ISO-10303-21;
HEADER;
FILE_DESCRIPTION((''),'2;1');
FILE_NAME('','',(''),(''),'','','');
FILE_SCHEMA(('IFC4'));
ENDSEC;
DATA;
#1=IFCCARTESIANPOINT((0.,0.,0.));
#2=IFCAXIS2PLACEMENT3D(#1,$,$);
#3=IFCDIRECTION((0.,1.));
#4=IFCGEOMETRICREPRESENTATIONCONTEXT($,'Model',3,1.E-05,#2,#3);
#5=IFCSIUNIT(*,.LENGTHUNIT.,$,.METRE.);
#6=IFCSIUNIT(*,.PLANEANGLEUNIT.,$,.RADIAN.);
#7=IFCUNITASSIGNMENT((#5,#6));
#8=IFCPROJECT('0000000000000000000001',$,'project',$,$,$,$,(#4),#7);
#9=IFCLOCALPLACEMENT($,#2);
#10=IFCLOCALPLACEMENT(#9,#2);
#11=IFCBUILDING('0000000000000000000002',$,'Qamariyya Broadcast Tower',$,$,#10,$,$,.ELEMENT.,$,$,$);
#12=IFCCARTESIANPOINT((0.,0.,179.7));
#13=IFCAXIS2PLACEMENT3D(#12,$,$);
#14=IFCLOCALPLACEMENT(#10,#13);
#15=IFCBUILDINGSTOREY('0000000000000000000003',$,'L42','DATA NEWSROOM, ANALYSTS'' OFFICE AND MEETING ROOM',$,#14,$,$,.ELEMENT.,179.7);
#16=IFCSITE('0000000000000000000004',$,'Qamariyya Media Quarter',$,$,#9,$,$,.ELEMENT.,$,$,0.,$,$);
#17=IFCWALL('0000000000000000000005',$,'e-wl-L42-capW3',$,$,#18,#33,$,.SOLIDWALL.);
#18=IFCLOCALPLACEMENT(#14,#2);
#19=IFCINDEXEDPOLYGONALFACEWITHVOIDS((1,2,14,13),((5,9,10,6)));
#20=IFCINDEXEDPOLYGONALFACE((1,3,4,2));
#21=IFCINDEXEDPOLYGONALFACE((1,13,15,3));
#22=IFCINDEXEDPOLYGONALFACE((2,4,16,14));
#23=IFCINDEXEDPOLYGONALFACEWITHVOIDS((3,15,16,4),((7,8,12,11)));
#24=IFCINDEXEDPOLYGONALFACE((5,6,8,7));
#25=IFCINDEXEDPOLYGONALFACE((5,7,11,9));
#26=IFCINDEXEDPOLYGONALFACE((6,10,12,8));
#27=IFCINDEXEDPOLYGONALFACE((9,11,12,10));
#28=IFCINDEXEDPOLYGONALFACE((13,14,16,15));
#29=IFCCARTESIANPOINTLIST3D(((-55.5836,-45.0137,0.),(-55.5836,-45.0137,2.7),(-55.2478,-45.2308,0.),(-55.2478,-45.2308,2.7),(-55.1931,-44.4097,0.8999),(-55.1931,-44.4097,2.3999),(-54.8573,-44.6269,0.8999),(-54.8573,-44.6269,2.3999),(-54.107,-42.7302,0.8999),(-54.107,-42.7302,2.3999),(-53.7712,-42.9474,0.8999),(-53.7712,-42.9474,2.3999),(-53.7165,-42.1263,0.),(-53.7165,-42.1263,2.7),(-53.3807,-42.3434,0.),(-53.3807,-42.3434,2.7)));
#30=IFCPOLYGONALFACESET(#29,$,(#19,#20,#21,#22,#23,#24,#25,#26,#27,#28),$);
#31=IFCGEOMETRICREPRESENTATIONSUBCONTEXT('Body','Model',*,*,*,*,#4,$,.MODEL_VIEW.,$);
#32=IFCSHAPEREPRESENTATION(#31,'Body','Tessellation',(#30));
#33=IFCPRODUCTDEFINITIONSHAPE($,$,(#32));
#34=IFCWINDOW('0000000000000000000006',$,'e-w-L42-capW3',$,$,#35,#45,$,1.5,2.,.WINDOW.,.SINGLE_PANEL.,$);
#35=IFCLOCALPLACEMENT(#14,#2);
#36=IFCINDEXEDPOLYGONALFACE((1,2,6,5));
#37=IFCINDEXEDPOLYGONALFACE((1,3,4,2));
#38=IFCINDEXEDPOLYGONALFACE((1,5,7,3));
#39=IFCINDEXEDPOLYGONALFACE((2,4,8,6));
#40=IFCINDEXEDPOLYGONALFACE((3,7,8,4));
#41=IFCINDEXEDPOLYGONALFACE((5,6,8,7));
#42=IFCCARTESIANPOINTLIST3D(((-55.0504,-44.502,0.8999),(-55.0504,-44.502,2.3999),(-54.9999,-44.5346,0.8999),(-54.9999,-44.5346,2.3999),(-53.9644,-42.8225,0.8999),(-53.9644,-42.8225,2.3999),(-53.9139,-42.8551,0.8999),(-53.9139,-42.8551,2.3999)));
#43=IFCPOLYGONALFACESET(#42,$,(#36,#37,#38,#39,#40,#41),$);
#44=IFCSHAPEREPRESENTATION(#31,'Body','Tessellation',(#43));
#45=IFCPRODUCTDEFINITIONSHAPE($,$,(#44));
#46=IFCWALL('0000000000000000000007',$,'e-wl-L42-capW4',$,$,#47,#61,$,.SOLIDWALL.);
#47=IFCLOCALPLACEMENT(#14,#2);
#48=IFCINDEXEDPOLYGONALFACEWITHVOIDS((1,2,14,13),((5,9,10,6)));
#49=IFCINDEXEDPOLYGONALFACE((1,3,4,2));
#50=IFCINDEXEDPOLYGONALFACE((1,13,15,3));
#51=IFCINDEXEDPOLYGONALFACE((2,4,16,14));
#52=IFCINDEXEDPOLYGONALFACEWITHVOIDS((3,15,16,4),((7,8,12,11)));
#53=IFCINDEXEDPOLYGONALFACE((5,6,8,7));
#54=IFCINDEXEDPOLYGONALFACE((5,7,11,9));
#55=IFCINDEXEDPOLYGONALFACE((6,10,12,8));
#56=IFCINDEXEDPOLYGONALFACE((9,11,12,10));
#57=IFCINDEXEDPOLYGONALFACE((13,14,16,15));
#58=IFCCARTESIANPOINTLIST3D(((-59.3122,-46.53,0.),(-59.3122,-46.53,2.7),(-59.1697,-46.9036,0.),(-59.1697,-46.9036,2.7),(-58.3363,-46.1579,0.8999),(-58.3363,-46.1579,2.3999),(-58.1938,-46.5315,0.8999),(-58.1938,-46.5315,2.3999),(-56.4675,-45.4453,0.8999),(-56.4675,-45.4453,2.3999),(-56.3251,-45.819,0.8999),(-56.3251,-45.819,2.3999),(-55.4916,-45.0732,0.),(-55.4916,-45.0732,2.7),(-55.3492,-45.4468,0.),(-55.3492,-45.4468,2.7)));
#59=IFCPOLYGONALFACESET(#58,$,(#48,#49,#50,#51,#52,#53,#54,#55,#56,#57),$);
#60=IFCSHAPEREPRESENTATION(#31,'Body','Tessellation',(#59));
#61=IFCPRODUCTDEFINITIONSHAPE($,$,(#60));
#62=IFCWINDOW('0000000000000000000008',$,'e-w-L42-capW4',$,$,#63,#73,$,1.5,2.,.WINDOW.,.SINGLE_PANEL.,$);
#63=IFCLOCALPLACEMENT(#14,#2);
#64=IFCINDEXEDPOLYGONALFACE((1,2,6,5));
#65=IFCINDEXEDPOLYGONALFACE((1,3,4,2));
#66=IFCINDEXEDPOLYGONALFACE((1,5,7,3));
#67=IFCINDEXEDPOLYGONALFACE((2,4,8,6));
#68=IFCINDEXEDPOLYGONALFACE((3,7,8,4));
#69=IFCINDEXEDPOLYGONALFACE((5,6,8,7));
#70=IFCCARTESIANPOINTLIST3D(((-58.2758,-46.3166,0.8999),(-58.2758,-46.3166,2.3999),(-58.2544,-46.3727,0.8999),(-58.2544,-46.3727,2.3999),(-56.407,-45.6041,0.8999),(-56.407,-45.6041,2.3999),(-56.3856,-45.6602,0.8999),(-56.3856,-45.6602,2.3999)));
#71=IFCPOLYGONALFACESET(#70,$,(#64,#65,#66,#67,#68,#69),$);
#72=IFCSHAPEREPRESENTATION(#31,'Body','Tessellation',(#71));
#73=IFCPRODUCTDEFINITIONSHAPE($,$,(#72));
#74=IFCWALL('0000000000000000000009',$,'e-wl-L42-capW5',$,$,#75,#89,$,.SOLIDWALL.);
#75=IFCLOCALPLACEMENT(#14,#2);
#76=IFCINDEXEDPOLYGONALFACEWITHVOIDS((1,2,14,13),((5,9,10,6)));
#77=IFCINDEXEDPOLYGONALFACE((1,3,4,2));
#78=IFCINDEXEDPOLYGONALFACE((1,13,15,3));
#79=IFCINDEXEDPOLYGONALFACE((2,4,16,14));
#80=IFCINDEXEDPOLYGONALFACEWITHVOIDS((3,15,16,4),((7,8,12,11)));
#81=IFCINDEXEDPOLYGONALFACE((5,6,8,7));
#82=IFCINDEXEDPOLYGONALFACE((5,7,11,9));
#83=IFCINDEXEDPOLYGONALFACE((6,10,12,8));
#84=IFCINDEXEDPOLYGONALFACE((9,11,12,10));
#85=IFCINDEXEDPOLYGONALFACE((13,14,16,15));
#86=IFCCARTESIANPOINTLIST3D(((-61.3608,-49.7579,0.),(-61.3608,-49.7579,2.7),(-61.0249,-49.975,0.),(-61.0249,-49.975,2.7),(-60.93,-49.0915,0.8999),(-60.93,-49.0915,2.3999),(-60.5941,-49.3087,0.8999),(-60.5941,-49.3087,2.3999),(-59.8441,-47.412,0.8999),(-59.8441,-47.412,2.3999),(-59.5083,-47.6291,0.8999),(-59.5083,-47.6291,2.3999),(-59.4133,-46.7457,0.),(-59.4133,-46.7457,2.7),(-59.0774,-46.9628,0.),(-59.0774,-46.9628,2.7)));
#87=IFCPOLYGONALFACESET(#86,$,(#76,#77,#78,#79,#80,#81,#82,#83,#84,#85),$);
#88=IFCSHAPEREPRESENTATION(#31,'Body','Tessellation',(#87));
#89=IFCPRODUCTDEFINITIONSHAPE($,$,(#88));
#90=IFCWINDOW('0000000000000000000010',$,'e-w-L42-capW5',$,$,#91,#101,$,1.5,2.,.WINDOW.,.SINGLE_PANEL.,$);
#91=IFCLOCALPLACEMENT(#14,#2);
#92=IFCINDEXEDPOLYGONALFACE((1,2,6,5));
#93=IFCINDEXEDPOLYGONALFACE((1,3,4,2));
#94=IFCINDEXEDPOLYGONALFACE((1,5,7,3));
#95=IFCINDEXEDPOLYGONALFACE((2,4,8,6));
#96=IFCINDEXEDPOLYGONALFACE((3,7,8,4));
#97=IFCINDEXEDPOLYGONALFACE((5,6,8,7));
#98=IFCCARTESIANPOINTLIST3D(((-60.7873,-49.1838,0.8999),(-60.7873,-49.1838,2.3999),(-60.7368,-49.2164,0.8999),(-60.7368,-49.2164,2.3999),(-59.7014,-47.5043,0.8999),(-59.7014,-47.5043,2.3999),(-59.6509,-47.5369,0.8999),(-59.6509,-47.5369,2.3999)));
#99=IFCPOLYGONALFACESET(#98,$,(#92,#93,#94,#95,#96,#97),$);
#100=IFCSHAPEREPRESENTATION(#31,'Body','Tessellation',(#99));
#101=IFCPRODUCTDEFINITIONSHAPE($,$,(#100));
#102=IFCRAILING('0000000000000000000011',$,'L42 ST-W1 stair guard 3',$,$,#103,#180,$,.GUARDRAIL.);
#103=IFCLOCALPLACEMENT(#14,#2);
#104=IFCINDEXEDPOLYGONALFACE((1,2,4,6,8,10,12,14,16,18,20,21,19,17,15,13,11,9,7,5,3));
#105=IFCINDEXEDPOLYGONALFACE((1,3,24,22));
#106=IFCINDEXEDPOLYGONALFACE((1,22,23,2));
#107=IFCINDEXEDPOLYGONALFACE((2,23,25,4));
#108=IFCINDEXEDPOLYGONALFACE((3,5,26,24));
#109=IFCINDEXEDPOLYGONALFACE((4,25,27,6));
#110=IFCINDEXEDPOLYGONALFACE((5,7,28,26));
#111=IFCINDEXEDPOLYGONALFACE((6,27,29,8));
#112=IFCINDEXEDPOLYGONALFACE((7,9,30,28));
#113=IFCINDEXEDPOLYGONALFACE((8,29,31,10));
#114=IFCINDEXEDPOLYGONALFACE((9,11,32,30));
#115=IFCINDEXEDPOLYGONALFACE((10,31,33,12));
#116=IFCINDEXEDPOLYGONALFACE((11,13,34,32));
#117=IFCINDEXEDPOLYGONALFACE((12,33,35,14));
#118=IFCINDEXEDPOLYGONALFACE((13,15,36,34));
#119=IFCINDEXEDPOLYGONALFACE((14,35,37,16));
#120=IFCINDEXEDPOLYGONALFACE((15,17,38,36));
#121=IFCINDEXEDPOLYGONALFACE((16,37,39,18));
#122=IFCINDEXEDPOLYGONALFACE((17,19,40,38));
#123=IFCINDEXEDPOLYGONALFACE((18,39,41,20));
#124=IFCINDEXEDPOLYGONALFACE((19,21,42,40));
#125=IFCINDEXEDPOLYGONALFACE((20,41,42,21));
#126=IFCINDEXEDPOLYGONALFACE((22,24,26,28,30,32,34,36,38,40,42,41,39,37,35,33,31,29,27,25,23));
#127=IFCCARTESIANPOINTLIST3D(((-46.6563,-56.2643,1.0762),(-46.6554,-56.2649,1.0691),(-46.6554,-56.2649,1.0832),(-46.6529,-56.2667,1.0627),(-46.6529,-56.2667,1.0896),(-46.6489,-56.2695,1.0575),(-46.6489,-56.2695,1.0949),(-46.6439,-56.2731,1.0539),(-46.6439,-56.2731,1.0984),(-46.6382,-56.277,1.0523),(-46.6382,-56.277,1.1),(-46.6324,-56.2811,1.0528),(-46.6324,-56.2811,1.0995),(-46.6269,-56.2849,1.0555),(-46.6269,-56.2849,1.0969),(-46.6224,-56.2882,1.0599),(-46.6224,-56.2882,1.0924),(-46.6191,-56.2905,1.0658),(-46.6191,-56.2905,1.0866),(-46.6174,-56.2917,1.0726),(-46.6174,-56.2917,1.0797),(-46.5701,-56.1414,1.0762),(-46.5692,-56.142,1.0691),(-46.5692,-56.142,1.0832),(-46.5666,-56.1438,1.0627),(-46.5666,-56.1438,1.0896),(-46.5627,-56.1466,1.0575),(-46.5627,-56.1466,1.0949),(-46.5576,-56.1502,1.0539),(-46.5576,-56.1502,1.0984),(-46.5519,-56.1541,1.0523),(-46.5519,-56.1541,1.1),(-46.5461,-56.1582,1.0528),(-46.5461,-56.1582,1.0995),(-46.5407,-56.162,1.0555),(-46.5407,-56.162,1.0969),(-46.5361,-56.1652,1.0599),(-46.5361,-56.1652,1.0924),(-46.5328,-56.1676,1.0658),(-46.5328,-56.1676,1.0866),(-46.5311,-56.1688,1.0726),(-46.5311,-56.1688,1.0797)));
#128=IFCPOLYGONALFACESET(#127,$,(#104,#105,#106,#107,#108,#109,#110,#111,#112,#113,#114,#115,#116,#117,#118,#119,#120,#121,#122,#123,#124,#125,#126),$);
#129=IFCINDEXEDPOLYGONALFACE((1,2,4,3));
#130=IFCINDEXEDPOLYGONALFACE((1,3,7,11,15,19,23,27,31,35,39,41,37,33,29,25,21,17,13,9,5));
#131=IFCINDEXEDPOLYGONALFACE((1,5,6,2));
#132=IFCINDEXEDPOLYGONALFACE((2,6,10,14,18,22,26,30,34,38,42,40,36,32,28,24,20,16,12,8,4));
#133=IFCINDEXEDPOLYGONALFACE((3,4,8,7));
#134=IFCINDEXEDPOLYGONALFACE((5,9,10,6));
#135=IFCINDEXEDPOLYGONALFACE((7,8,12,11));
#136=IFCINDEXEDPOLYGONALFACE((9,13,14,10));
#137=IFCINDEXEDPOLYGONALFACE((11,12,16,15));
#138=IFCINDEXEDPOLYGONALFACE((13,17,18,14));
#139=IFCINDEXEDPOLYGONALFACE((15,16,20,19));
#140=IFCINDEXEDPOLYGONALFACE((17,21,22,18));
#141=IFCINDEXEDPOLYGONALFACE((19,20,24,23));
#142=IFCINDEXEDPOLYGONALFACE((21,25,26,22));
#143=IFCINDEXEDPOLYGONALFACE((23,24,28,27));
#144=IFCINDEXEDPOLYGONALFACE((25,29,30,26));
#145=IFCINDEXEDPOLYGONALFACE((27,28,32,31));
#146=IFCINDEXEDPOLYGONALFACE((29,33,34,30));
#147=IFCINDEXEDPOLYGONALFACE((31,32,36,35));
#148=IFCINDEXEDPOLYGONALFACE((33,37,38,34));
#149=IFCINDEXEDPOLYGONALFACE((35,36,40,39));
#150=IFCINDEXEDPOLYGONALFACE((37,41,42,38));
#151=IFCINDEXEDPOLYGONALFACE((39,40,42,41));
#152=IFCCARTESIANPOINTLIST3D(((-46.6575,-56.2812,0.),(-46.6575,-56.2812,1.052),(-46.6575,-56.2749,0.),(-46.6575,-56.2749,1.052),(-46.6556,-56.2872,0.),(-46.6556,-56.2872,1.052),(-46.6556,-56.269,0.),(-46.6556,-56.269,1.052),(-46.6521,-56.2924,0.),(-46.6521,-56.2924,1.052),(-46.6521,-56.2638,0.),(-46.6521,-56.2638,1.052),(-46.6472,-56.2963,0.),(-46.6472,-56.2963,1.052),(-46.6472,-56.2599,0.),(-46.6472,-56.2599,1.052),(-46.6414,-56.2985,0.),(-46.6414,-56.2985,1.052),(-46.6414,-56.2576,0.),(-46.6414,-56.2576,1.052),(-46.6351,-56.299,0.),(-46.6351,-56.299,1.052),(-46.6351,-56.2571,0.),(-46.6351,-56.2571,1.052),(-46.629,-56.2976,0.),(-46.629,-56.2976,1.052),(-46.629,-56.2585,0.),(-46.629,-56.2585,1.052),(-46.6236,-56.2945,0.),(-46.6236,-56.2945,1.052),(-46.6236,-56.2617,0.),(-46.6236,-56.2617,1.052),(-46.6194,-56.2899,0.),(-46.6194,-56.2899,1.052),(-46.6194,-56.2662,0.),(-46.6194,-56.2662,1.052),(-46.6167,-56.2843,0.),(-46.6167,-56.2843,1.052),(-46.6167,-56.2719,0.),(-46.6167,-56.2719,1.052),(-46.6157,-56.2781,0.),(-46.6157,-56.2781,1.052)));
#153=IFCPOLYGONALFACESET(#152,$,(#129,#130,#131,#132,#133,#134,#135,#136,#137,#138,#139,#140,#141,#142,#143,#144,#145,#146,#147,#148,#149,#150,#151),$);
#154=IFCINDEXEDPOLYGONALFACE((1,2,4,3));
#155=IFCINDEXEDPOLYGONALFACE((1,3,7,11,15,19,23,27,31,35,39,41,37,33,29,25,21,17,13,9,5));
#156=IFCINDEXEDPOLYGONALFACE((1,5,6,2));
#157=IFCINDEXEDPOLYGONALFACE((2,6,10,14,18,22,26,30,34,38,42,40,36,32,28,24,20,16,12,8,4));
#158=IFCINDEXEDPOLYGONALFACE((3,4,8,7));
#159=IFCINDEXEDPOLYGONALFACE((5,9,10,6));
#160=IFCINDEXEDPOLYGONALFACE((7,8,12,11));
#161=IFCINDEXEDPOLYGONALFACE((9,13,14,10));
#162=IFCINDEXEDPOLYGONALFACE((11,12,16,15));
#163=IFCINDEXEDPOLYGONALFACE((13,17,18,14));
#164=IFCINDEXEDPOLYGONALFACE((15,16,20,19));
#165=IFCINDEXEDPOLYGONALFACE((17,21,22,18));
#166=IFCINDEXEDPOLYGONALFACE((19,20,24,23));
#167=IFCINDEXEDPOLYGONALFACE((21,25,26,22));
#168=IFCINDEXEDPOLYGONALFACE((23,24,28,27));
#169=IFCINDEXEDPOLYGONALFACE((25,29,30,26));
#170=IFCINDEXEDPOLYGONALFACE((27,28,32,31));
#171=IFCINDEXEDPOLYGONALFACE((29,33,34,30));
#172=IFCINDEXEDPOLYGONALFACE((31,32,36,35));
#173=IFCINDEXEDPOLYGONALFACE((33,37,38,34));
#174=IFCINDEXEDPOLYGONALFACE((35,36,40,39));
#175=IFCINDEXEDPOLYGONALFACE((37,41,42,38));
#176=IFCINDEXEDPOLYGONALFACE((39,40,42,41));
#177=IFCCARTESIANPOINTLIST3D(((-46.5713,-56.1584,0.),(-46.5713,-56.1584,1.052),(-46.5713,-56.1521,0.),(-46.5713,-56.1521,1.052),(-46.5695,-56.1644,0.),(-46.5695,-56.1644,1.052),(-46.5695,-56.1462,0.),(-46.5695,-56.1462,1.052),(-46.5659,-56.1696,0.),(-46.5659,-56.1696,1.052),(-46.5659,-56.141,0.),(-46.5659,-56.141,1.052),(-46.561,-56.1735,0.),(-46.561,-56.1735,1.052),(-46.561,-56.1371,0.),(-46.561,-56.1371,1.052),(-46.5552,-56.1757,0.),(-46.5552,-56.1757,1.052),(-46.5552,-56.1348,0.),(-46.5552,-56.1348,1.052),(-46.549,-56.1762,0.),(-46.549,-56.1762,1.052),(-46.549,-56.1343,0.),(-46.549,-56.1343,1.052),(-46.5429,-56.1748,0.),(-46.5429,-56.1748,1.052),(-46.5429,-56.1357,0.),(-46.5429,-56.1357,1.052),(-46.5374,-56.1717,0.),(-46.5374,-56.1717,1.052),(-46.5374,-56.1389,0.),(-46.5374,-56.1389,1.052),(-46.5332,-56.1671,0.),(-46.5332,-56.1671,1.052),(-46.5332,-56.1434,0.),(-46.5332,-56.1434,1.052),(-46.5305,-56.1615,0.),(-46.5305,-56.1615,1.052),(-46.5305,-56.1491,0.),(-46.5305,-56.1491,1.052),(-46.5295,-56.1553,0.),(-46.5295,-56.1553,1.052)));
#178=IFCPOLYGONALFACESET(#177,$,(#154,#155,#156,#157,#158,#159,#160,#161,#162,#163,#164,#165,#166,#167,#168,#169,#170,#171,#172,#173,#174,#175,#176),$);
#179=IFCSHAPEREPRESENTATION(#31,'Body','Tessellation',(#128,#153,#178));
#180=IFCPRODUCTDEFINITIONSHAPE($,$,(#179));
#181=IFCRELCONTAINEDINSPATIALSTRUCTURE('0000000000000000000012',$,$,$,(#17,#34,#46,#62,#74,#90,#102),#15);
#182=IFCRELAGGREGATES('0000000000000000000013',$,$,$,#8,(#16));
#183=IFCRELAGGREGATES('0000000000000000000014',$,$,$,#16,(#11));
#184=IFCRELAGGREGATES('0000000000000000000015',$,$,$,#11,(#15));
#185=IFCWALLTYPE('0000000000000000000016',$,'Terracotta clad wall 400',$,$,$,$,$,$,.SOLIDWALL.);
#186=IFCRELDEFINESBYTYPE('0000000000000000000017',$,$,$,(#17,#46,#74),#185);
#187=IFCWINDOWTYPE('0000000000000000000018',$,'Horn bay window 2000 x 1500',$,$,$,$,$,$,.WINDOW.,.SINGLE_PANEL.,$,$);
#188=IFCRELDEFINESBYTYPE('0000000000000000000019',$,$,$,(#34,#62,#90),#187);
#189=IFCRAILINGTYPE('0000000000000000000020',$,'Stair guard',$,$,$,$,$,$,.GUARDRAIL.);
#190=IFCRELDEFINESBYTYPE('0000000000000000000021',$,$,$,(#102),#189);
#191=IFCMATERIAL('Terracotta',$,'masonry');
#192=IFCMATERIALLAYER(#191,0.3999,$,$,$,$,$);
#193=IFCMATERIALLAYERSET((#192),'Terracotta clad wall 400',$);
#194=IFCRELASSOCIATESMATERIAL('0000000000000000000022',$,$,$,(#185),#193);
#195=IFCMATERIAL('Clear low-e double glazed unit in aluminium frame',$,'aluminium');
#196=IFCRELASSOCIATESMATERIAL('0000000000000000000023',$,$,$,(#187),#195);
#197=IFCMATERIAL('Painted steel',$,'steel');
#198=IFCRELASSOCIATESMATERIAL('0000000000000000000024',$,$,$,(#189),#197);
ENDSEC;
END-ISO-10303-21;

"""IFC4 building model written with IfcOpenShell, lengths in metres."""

from ifc_helpers import new_model, si_unit, direction, frame, frame_2d, origin, origin_2d, place, context, subcontext, project, spatial, rectangle, circle, extrude, material, layer, layer_set, type_object, element, fill, save


model = new_model("IFC4")

# Units and contexts
model_context = context("Model", 3, precision=1e-05, world=origin(), true_north=direction((0.0, 1.0)))
body_context = subcontext(model_context, "Body", "Model", "MODEL_VIEW")
ifc_project = project(units=[si_unit("LENGTHUNIT", "METRE"), si_unit("PLANEANGLEUNIT", "RADIAN")], contexts=[model_context])

# Site, building, storey
site_placement = place(None, origin())
site = spatial("IfcSite", under=ifc_project, at=site_placement, Name="Qamariyya Media Quarter", CompositionType="ELEMENT", RefElevation=0.0)
building_placement = place(site_placement, origin())
building = spatial("IfcBuilding", under=site, at=building_placement, Name="Qamariyya Broadcast Tower", CompositionType="ELEMENT")
storey_placement = place(building_placement, frame((0.0, 0.0, 179.7)))
storey = spatial("IfcBuildingStorey", under=building, at=storey_placement, Name="L42", Description="DATA NEWSROOM, ANALYSTS' OFFICE AND MEETING ROOM", CompositionType="ELEMENT", Elevation=179.7)

# Walls, openings, windows
ifc_material_1 = material(Name="Terracotta", Category="masonry")
ifc_layer = layer(ifc_material_1, 0.3999)
ifc_layer_set = layer_set([ifc_layer], Name="Terracotta clad wall 400")
wall_type = type_object("IfcWallType", Name="Terracotta clad wall 400", PredefinedType="SOLIDWALL", material=ifc_layer_set)
ifc_material_2 = material(Name="Clear low-e double glazed unit in aluminium frame", Category="aluminium")
window_type = type_object("IfcWindowType", Name="Horn bay window 2000 x 1500", PartitioningType="SINGLE_PANEL", PredefinedType="WINDOW", material=ifc_material_2)
wall_1_placement = place(storey_placement, frame((-53.5486, -42.2349, 0.0), z_axis=(0.0, 0.0, 1.0), x_axis=(-0.543013, -0.839724, 0.0)))
wall_1 = element("IfcWall", 1, at=wall_1_placement, inside=storey, type_object=wall_type, Name="e-wl-L42-capW3", PredefinedType="SOLIDWALL", context=body_context, shape_type="SweptSolid", body=[
    extrude(rectangle(XDim=3.4385, YDim=0.3999, at=frame_2d((1.7192, 0.0))), origin(), (0.0, 0.0, 1.0), 2.7),
])
opening_1_placement = place(wall_1_placement, frame((0.7192, 0.0, 0.8999)))
opening_1 = element("IfcOpeningElement", 2, at=opening_1_placement, cuts=wall_1, PredefinedType="OPENING", context=body_context, shape_type="SweptSolid", body=[
    extrude(rectangle(XDim=2.0, YDim=1.5, at=frame_2d((1.0, 0.75))), frame((0.0, 0.21, 0.0), z_axis=(0.0, -1.0, 0.0), x_axis=(1.0, 0.0, 0.0)), (0.0, 0.0, 1.0), 0.4199),
])
window_1_placement = place(opening_1_placement, origin())
window_1 = element("IfcWindow", 3, at=window_1_placement, inside=storey, type_object=window_type, Name="e-w-L42-capW3", OverallHeight=1.5, OverallWidth=2.0, PartitioningType="SINGLE_PANEL", PredefinedType="WINDOW", context=body_context, shape_type="SweptSolid", body=[
    extrude(rectangle(XDim=2.0, YDim=1.5, at=frame_2d((1.0, 0.75))), frame((0.0, 0.03, 0.0), z_axis=(0.0, -1.0, 0.0), x_axis=(1.0, 0.0, 0.0)), (0.0, 0.0, 1.0), 0.0601),
])
fill(opening_1, window_1)
wall_2_placement = place(storey_placement, frame((-55.4204, -45.26, 0.0), z_axis=(0.0, 0.0, 1.0), x_axis=(-0.934379, -0.356281, 0.0)))
wall_2 = element("IfcWall", 4, at=wall_2_placement, inside=storey, type_object=wall_type, Name="e-wl-L42-capW4", PredefinedType="SOLIDWALL", context=body_context, shape_type="SweptSolid", body=[
    extrude(rectangle(XDim=4.0889, YDim=0.3999, at=frame_2d((2.0444, 0.0))), origin(), (0.0, 0.0, 1.0), 2.7),
])
opening_2_placement = place(wall_2_placement, frame((1.0444, 0.0, 0.8999)))
opening_2 = element("IfcOpeningElement", 5, at=opening_2_placement, cuts=wall_2, PredefinedType="OPENING", context=body_context, shape_type="SweptSolid", body=[
    extrude(rectangle(XDim=2.0, YDim=1.5, at=frame_2d((1.0, 0.75))), frame((0.0, 0.21, 0.0), z_axis=(0.0, -1.0, 0.0), x_axis=(1.0, 0.0, 0.0)), (0.0, 0.0, 1.0), 0.4199),
])
window_2_placement = place(opening_2_placement, origin())
window_2 = element("IfcWindow", 6, at=window_2_placement, inside=storey, type_object=window_type, Name="e-w-L42-capW4", OverallHeight=1.5, OverallWidth=2.0, PartitioningType="SINGLE_PANEL", PredefinedType="WINDOW", context=body_context, shape_type="SweptSolid", body=[
    extrude(rectangle(XDim=2.0, YDim=1.5, at=frame_2d((1.0, 0.75))), frame((0.0, 0.03, 0.0), z_axis=(0.0, -1.0, 0.0), x_axis=(1.0, 0.0, 0.0)), (0.0, 0.0, 1.0), 0.0601),
])
fill(opening_2, window_2)
wall_3_placement = place(storey_placement, frame((-59.2454, -46.8542, 0.0), z_axis=(0.0, 0.0, 1.0), x_axis=(-0.542944, -0.839769, 0.0)))
wall_3 = element("IfcWall", 7, at=wall_3_placement, inside=storey, type_object=wall_type, Name="e-wl-L42-capW5", PredefinedType="SOLIDWALL", context=body_context, shape_type="SweptSolid", body=[
    extrude(rectangle(XDim=3.5869, YDim=0.3999, at=frame_2d((1.7935, 0.0))), origin(), (0.0, 0.0, 1.0), 2.7),
])
opening_3_placement = place(wall_3_placement, frame((0.7935, 0.0, 0.8999)))
opening_3 = element("IfcOpeningElement", 8, at=opening_3_placement, cuts=wall_3, PredefinedType="OPENING", context=body_context, shape_type="SweptSolid", body=[
    extrude(rectangle(XDim=2.0, YDim=1.5, at=frame_2d((1.0, 0.75))), frame((0.0, 0.21, 0.0), z_axis=(0.0, -1.0, 0.0), x_axis=(1.0, 0.0, 0.0)), (0.0, 0.0, 1.0), 0.4199),
])
window_3_placement = place(opening_3_placement, origin())
window_3 = element("IfcWindow", 9, at=window_3_placement, inside=storey, type_object=window_type, Name="e-w-L42-capW5", OverallHeight=1.5, OverallWidth=2.0, PartitioningType="SINGLE_PANEL", PredefinedType="WINDOW", context=body_context, shape_type="SweptSolid", body=[
    extrude(rectangle(XDim=2.0, YDim=1.5, at=frame_2d((1.0, 0.75))), frame((0.0, 0.03, 0.0), z_axis=(0.0, -1.0, 0.0), x_axis=(1.0, 0.0, 0.0)), (0.0, 0.0, 1.0), 0.0601),
])
fill(opening_3, window_3)

# Railing
ifc_material_3 = material(Name="Painted steel", Category="steel")
railing_type = type_object("IfcRailingType", Name="Stair guard", PredefinedType="GUARDRAIL", material=ifc_material_3)
railing_placement = place(storey_placement, frame((-46.6367, -56.2781, 0.0)))
element("IfcRailing", 10, at=railing_placement, inside=storey, type_object=railing_type, Name="L42 ST-W1 stair guard 3", PredefinedType="GUARDRAIL", context=body_context, shape_type="SweptSolid", body=[
    extrude(circle(Radius=0.0239, at=origin_2d()), frame((0.0, 0.0, 1.0762), z_axis=(0.574445, 0.818543, 0.0), x_axis=(-0.818543, 0.574445, 0.0)), (0.0, 0.0, 1.0), 0.1501),
    extrude(circle(Radius=0.021, at=origin_2d()), origin(), (0.0, 0.0, 1.0), 1.052),
    extrude(circle(Radius=0.021, at=origin_2d()), frame((0.0862, 0.1228, 0.0)), (0.0, 0.0, 1.0), 1.052),
])

save(model, "model.ifc")
